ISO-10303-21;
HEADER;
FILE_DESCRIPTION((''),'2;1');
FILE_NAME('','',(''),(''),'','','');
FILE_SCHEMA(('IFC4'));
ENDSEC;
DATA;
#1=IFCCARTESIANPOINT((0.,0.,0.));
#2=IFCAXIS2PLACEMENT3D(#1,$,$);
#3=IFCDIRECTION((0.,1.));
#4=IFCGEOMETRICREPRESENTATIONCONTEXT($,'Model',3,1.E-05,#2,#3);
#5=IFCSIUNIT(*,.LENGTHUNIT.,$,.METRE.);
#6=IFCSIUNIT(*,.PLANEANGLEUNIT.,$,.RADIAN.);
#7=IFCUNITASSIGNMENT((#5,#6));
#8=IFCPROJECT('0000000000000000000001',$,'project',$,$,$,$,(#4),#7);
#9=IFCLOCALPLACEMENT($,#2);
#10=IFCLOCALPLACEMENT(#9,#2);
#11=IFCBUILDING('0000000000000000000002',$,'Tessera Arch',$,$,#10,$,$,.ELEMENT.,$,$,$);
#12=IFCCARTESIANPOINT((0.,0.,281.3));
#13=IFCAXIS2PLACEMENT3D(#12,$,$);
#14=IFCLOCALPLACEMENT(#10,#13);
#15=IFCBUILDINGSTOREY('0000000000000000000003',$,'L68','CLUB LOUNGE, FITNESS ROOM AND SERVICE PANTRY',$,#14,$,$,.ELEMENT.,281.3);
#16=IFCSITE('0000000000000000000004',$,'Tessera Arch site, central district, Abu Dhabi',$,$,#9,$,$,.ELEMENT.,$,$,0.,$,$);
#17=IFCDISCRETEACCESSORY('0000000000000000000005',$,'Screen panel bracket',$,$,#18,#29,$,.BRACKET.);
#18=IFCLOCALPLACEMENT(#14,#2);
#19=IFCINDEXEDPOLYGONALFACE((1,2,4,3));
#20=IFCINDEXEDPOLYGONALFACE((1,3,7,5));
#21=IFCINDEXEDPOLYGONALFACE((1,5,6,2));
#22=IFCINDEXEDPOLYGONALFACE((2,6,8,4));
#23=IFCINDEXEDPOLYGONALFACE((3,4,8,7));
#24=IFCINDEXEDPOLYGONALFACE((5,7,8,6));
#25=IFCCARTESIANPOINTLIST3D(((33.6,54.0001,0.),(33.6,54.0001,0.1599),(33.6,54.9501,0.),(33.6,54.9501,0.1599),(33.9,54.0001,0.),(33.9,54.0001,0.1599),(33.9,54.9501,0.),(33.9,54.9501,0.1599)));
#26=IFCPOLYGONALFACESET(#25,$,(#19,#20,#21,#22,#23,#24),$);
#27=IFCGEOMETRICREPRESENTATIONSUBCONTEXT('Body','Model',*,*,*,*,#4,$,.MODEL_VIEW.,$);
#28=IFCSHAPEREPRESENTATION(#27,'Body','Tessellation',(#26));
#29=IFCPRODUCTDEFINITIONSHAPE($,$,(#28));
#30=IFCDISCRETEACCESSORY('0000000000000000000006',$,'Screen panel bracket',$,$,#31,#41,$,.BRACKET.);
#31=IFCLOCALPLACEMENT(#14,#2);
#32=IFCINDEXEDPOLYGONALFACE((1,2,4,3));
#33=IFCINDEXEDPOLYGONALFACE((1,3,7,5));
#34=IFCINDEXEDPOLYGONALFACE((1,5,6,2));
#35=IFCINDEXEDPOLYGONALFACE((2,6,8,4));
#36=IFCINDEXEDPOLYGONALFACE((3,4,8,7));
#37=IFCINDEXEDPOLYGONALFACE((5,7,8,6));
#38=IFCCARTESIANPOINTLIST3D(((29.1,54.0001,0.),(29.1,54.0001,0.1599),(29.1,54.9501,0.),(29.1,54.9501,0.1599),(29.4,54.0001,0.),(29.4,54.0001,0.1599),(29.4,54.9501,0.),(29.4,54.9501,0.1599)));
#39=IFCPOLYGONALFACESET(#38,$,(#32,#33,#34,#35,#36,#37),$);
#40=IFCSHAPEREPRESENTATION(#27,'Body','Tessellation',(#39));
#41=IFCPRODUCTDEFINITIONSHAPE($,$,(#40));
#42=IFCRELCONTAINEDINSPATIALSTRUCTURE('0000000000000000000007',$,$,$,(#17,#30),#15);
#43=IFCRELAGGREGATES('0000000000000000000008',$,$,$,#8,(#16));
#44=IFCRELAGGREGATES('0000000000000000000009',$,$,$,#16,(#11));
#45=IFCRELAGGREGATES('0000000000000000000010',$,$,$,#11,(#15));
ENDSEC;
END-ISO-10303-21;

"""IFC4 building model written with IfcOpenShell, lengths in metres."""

from ifc_helpers import new_model, si_unit, direction, frame, origin, origin_2d, place, context, subcontext, project, spatial, rectangle, extrude, element, save


model = new_model("IFC4")

# Units and contexts
model_context = context("Model", 3, precision=1e-05, world=origin(), true_north=direction((0.0, 1.0)))
body_context = subcontext(model_context, "Body", "Model", "MODEL_VIEW")
ifc_project = project(units=[si_unit("LENGTHUNIT", "METRE"), si_unit("PLANEANGLEUNIT", "RADIAN")], contexts=[model_context])

# Site, building, storey
site_placement = place(None, origin())
site = spatial("IfcSite", under=ifc_project, at=site_placement, Name="Tessera Arch site, central district, Abu Dhabi", CompositionType="ELEMENT", RefElevation=0.0)
building_placement = place(site_placement, origin())
building = spatial("IfcBuilding", under=site, at=building_placement, Name="Tessera Arch", CompositionType="ELEMENT")
storey_placement = place(building_placement, frame((0.0, 0.0, 281.3)))
storey = spatial("IfcBuildingStorey", under=building, at=storey_placement, Name="L68", Description="CLUB LOUNGE, FITNESS ROOM AND SERVICE PANTRY", CompositionType="ELEMENT", Elevation=281.3)

# Discrete accessories
for number, where, z_axis, x_axis, name in (
    (1, (33.75, 54.4751, 0.0), (0.0, 0.0, 1.0), (0.0, 1.0, 0.0), "Screen panel bracket"),
    (2, (29.25, 54.4751, 0.0), (0.0, 0.0, 1.0), (0.0, 1.0, 0.0), "Screen panel bracket"),
):
    element("IfcDiscreteAccessory", number, at=place(storey_placement, frame(where, z_axis=z_axis, x_axis=x_axis)), inside=storey, Name=name, PredefinedType="BRACKET", context=body_context, shape_type="SweptSolid", body=[
        extrude(rectangle(XDim=0.95, YDim=0.3, at=origin_2d()), origin(), (0.0, 0.0, 1.0), 0.1599),
    ])

save(model, "model.ifc")
